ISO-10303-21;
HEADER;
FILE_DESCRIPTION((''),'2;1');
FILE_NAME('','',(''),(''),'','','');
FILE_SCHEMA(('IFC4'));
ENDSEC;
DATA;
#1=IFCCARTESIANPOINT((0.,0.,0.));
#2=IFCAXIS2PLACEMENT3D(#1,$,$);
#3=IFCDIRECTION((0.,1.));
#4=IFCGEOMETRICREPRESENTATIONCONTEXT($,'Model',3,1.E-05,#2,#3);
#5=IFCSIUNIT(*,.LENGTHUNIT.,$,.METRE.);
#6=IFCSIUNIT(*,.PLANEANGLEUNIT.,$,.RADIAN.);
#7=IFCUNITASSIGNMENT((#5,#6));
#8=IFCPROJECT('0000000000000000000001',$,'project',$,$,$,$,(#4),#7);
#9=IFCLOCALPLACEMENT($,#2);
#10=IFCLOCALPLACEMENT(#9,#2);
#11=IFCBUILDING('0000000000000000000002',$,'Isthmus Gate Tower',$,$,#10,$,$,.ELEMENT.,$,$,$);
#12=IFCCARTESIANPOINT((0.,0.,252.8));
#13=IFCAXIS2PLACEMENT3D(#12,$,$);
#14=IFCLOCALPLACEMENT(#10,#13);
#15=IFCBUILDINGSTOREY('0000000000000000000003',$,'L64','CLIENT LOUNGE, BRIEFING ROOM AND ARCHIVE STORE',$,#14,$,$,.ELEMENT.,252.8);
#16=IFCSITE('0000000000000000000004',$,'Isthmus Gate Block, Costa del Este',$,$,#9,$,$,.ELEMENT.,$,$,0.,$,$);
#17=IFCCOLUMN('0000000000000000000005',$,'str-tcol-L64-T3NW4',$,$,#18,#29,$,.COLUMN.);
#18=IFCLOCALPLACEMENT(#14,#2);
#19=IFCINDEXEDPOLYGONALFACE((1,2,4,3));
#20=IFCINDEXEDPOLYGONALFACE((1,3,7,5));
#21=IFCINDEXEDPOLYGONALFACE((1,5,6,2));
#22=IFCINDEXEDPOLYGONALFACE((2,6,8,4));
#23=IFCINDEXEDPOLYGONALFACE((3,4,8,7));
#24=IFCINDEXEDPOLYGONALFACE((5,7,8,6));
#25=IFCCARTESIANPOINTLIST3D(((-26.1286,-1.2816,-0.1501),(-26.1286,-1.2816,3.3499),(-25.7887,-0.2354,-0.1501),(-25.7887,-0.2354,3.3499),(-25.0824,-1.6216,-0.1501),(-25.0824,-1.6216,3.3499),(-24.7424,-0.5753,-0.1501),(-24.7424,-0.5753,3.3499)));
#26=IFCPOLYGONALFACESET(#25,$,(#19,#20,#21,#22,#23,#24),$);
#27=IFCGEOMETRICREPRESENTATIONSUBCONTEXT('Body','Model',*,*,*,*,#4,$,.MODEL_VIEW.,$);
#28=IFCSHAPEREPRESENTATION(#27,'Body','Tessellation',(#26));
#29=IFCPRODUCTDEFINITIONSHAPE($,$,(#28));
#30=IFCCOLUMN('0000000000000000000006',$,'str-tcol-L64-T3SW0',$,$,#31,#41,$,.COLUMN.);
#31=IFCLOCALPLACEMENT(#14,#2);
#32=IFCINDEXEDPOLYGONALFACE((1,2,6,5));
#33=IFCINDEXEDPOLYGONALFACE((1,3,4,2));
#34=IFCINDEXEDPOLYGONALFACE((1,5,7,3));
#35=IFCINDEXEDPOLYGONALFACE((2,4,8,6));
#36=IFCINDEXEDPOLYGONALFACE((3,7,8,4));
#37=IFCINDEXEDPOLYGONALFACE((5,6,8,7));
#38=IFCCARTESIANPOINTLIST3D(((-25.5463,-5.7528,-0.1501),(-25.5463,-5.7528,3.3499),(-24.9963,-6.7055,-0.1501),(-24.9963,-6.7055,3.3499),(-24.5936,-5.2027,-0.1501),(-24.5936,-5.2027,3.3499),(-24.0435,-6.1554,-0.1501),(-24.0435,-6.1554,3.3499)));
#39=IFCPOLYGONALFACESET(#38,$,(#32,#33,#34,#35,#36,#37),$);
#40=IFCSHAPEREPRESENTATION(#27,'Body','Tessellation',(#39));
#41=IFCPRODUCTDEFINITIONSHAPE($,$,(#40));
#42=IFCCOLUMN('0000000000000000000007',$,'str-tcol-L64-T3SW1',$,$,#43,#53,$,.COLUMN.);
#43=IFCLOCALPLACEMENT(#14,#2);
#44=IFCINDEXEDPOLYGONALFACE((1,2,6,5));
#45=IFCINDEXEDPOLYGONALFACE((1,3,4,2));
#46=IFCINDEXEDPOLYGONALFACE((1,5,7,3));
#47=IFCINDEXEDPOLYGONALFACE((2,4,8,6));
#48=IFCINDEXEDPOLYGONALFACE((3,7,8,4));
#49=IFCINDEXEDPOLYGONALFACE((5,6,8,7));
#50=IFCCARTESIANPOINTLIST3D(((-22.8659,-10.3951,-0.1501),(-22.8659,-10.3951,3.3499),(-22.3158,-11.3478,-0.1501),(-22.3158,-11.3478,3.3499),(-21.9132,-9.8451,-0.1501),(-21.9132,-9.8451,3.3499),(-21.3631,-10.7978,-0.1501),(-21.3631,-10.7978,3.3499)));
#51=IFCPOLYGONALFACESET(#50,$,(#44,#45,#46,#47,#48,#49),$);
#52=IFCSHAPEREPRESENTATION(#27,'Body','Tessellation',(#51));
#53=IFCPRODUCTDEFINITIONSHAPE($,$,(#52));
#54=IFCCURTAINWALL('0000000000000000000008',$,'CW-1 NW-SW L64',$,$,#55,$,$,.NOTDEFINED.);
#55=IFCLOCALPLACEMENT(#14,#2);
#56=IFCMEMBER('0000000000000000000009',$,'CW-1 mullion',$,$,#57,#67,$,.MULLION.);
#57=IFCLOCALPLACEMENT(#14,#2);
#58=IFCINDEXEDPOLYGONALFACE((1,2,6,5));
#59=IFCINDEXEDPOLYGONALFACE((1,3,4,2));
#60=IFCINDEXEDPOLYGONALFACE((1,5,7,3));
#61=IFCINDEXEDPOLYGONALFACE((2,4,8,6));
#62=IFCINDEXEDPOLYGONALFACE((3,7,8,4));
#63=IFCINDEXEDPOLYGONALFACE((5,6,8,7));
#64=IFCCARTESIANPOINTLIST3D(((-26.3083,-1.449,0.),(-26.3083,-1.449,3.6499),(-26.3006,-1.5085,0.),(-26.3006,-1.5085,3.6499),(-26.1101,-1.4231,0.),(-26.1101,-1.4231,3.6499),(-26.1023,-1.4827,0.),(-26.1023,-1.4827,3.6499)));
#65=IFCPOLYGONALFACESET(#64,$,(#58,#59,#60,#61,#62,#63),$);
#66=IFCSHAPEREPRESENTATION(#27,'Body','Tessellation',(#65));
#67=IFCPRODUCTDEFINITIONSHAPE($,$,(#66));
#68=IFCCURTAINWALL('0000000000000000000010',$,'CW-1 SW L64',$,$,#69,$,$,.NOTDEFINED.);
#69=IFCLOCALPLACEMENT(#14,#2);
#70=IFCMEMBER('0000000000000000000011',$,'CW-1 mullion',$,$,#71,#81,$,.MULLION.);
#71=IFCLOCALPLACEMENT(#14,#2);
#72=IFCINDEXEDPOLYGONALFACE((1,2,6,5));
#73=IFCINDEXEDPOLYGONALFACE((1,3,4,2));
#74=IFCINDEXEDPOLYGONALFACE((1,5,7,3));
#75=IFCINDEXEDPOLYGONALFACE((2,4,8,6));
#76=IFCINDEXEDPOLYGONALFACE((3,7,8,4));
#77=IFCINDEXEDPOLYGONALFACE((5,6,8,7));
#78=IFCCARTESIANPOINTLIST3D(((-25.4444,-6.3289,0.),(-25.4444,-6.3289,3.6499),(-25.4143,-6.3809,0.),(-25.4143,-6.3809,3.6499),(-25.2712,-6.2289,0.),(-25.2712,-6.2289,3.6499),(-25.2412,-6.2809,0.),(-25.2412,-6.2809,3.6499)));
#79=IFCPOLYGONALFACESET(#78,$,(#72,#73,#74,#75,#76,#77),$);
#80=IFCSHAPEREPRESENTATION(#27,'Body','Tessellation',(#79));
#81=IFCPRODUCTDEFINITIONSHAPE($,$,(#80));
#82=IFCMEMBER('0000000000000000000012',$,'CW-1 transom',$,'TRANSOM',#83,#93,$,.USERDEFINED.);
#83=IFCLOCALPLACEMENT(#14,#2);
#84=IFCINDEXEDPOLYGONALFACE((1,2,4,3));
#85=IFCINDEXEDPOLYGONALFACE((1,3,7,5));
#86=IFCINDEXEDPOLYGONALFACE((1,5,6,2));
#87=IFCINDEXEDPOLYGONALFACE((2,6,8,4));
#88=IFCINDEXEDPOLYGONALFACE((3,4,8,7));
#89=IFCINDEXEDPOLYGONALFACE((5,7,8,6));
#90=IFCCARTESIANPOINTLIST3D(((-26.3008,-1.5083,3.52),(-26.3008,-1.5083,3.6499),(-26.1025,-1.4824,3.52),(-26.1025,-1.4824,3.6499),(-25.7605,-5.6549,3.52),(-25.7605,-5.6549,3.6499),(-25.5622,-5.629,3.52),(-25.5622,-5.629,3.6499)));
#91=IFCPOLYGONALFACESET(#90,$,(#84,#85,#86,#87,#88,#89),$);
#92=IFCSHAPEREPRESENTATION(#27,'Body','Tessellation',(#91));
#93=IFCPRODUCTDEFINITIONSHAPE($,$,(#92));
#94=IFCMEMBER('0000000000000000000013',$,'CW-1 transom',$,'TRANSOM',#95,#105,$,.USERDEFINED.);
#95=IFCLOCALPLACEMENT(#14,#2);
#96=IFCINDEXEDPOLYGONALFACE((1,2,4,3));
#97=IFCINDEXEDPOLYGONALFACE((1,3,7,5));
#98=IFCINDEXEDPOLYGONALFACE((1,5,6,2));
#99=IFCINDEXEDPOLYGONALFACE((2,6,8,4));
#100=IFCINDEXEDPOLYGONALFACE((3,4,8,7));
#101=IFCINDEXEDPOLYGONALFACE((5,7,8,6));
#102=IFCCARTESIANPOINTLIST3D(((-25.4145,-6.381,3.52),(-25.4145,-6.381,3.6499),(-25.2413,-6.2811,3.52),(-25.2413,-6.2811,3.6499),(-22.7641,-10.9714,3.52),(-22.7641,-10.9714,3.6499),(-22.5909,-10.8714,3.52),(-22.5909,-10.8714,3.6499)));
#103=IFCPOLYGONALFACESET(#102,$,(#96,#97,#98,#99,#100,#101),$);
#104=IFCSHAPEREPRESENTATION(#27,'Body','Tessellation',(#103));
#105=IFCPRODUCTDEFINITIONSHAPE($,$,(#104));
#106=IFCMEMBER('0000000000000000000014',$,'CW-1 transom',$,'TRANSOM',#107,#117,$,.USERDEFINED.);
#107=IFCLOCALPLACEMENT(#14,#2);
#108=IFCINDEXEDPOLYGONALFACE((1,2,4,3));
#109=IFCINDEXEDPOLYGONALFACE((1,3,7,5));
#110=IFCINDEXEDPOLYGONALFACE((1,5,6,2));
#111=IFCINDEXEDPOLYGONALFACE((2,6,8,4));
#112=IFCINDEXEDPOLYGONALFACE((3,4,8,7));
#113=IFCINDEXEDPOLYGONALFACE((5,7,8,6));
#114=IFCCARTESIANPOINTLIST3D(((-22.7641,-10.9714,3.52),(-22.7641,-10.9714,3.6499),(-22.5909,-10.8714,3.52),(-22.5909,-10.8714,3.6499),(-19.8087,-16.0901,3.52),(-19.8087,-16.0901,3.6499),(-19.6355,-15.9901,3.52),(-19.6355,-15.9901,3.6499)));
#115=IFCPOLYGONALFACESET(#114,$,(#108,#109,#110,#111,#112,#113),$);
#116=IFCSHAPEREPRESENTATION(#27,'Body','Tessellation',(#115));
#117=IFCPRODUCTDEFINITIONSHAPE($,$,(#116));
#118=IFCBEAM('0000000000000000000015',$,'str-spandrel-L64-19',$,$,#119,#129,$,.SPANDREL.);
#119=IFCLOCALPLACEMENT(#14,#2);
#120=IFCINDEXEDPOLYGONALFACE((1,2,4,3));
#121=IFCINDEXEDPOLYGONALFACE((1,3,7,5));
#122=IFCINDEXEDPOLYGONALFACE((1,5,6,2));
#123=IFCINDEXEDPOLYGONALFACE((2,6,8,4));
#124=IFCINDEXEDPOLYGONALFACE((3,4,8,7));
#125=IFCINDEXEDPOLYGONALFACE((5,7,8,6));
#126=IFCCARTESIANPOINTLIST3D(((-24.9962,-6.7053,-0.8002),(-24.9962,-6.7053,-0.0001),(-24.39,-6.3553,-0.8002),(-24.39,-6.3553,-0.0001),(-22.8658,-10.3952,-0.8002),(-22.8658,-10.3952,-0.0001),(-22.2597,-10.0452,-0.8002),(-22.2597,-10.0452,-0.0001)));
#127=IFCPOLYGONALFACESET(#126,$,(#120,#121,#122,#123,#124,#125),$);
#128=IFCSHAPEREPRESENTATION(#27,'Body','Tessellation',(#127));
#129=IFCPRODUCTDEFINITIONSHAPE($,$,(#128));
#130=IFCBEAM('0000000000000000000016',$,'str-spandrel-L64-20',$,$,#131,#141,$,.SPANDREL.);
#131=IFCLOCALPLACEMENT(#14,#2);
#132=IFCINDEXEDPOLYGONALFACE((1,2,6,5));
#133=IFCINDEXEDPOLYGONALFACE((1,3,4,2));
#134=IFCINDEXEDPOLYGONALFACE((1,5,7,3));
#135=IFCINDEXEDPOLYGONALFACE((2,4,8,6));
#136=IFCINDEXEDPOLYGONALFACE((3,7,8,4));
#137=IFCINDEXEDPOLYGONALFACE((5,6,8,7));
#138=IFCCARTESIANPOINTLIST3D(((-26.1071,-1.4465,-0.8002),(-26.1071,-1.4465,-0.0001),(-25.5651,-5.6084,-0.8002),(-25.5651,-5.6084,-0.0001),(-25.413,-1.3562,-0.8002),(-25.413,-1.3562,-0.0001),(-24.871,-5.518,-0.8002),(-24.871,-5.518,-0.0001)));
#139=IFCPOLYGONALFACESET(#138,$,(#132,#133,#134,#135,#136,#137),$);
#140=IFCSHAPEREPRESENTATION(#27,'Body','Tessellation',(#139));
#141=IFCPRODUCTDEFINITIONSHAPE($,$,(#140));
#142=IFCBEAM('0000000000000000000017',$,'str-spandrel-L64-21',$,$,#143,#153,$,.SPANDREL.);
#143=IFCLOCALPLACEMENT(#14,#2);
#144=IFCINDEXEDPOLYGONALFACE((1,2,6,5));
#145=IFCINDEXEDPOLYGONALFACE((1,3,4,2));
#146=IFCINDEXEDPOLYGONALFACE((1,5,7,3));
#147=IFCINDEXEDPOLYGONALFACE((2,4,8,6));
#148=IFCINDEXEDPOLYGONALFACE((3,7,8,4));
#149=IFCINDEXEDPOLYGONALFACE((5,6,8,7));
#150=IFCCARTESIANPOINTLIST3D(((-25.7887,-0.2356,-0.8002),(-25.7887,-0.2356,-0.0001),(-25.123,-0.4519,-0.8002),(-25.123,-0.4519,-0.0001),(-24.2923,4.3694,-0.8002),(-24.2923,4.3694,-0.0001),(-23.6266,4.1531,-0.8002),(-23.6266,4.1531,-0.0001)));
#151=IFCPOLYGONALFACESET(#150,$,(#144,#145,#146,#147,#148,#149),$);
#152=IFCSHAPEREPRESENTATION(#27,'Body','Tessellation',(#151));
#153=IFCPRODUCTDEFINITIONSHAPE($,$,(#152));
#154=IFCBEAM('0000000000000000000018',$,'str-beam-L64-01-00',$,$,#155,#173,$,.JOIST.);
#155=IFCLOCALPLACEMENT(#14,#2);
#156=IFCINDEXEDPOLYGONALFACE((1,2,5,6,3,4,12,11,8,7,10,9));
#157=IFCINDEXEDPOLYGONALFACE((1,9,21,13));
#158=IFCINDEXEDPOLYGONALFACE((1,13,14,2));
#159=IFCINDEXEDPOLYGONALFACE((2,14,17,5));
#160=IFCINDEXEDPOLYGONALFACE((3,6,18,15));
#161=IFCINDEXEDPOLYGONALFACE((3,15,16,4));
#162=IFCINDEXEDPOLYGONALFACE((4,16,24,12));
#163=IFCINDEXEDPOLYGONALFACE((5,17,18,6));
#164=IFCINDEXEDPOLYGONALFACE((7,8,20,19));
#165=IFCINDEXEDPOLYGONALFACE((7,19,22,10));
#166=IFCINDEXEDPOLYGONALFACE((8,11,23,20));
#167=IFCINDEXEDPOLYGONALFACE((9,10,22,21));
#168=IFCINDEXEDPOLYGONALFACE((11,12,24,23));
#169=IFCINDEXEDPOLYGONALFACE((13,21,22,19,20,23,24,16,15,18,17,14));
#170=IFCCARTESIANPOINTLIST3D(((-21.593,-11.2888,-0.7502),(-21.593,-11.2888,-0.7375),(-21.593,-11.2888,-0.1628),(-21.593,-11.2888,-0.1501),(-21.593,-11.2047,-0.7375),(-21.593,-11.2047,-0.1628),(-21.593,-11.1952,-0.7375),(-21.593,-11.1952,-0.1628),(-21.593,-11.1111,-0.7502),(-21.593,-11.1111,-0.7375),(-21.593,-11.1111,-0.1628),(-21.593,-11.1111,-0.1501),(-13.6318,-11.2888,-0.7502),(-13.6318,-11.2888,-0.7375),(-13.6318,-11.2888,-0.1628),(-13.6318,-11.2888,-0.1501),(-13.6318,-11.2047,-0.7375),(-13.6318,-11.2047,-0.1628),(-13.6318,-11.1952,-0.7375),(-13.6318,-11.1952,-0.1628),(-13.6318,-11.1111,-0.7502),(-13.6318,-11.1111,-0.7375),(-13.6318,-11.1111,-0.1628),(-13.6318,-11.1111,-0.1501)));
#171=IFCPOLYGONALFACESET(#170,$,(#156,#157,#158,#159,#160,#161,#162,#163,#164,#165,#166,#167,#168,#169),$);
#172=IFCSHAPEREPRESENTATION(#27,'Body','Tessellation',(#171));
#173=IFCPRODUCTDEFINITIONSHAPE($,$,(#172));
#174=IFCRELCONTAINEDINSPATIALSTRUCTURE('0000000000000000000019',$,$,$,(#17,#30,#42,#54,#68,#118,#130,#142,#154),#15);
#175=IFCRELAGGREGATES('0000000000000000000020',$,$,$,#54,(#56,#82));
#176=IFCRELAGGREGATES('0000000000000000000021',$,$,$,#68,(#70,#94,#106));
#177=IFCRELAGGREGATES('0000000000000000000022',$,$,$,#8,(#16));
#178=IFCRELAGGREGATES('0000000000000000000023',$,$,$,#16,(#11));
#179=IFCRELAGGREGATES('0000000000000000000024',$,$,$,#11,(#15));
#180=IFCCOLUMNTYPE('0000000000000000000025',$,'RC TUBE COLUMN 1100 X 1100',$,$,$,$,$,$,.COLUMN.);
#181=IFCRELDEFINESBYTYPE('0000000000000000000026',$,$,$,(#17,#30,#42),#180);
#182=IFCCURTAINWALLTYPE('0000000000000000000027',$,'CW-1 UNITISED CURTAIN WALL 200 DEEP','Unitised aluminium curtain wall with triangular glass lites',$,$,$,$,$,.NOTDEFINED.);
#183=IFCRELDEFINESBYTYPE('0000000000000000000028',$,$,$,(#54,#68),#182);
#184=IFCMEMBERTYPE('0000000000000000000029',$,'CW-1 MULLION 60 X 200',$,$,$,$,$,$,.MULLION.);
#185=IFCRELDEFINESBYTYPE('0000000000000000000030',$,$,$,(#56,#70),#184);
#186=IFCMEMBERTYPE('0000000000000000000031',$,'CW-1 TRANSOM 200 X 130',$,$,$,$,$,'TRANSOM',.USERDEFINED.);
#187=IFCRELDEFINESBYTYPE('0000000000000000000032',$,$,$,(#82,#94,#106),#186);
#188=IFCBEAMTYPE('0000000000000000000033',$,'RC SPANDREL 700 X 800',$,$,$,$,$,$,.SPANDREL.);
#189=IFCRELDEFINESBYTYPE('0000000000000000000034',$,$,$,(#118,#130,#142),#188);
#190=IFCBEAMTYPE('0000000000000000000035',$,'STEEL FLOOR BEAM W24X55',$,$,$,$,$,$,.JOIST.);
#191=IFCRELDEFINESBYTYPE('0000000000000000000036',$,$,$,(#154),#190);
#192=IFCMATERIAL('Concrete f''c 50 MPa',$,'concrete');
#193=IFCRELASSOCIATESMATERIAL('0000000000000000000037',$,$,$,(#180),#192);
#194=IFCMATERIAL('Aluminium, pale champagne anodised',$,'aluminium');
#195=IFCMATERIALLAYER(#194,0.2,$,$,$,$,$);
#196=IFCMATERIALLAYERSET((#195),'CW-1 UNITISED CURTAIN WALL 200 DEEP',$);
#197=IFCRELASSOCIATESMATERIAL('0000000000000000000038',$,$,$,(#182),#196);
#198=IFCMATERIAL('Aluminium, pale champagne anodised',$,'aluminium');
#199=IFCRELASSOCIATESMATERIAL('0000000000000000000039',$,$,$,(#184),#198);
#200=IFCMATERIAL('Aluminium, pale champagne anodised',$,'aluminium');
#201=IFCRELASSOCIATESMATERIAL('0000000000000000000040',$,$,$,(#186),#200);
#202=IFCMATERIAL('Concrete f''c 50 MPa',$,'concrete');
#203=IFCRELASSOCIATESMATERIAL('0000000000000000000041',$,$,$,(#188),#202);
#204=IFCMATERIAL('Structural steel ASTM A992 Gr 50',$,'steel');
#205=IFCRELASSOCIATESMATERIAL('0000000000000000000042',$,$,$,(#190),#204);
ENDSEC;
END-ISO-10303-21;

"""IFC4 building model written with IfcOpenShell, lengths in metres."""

from ifc_helpers import new_model, si_unit, direction, frame, origin, origin_2d, place, context, subcontext, project, spatial, rectangle, i_section, extrude, material, layer, layer_set, material_profile, profile_set, type_object, element, aggregate, save


model = new_model("IFC4")

# Units and contexts
model_context = context("Model", 3, precision=1e-05, world=origin(), true_north=direction((0.0, 1.0)))
body_context = subcontext(model_context, "Body", "Model", "MODEL_VIEW")
ifc_project = project(units=[si_unit("LENGTHUNIT", "METRE"), si_unit("PLANEANGLEUNIT", "RADIAN")], contexts=[model_context])

# Site, building, storey
site_placement = place(None, origin())
site = spatial("IfcSite", under=ifc_project, at=site_placement, Name="Isthmus Gate Block, Costa del Este", CompositionType="ELEMENT", RefElevation=0.0)
building_placement = place(site_placement, origin())
building = spatial("IfcBuilding", under=site, at=building_placement, Name="Isthmus Gate Tower", CompositionType="ELEMENT")
storey_placement = place(building_placement, frame((0.0, 0.0, 252.8)))
storey = spatial("IfcBuildingStorey", under=building, at=storey_placement, Name="L64", Description="CLIENT LOUNGE, BRIEFING ROOM AND ARCHIVE STORE", CompositionType="ELEMENT", Elevation=252.8)

# Columns
ifc_material_1 = material(Name="Concrete f'c 50 MPa", Category="concrete")
ifc_material_profile_1 = material_profile(ifc_material_1, rectangle(XDim=1.1001, YDim=1.1001, at=origin_2d()), Name="RC 1100X1100")
ifc_profile_set_1 = profile_set([ifc_material_profile_1], Name="Concrete f'c 50 MPa")
column_type = type_object("IfcColumnType", Name="RC TUBE COLUMN 1100 X 1100", PredefinedType="COLUMN", material=ifc_profile_set_1)
for number, where, z_axis, x_axis, name in (
    (1, (-25.4355, -0.9285, -0.1501), (0.0, 0.0, 1.0), (-0.309017, -0.951057, 0.0), "str-tcol-L64-T3NW4"),
    (2, (-24.7949, -5.9541, -0.1501), (0.0, 0.0, 1.0), (0.5, -0.866025, 0.0), "str-tcol-L64-T3SW0"),
    (3, (-22.1145, -10.5964, -0.1501), (0.0, 0.0, 1.0), (0.5, -0.866025, 0.0), "str-tcol-L64-T3SW1"),
):
    element("IfcColumn", number, at=place(storey_placement, frame(where, z_axis=z_axis, x_axis=x_axis)), inside=storey, type_object=column_type, Name=name, PredefinedType="COLUMN", context=body_context, shape_type="SweptSolid", body=[
        extrude(rectangle(XDim=1.1001, YDim=1.1001, at=origin_2d()), origin(), (0.0, 0.0, 1.0), 3.5),
    ])

# Curtain walls, members
ifc_material_2 = material(Name="Aluminium, pale champagne anodised", Category="aluminium")
ifc_layer_1 = layer(ifc_material_2, 0.2)
ifc_layer_set_1 = layer_set([ifc_layer_1], Name="CW-1 UNITISED CURTAIN WALL 200 DEEP")
curtain_wall_type = type_object("IfcCurtainWallType", Name="CW-1 UNITISED CURTAIN WALL 200 DEEP", Description="Unitised aluminium curtain wall with triangular glass lites", PredefinedType="NOTDEFINED", material=ifc_layer_set_1)
curtain_wall_1_placement = place(storey_placement, origin())
curtain_wall_1 = element("IfcCurtainWall", 4, at=curtain_wall_1_placement, inside=storey, type_object=curtain_wall_type, Name="CW-1 NW-SW L64", PredefinedType="NOTDEFINED")
ifc_material_3 = material(Name="Aluminium, pale champagne anodised", Category="aluminium")
ifc_material_profile_2 = material_profile(ifc_material_3, rectangle(XDim=0.0601, YDim=0.2, at=origin_2d()), Name="60x200")
ifc_profile_set_2 = profile_set([ifc_material_profile_2], Name="Aluminium, pale champagne anodised")
member_type_1 = type_object("IfcMemberType", Name="CW-1 MULLION 60 X 200", PredefinedType="MULLION", material=ifc_profile_set_2)
member_1_placement = place(storey_placement, frame((-26.2053, -1.4658, 0.0), z_axis=(0.0, 0.0, 1.0), x_axis=(0.129165, -0.991623, 0.0)))
member_1 = element("IfcMember", 5, at=member_1_placement, type_object=member_type_1, Name="CW-1 mullion", PredefinedType="MULLION", context=body_context, shape_type="SweptSolid", body=[
    extrude(rectangle(XDim=0.0601, YDim=0.2, at=origin_2d()), origin(), (0.0, 0.0, 1.0), 3.6499),
])
curtain_wall_2_placement = place(storey_placement, origin())
curtain_wall_2 = element("IfcCurtainWall", 6, at=curtain_wall_2_placement, inside=storey, type_object=curtain_wall_type, Name="CW-1 SW L64", PredefinedType="NOTDEFINED")
member_2_placement = place(storey_placement, frame((-25.3428, -6.3049, 0.0), z_axis=(0.0, 0.0, 1.0), x_axis=(0.5, -0.866025, 0.0)))
member_2 = element("IfcMember", 7, at=member_2_placement, type_object=member_type_1, Name="CW-1 mullion", PredefinedType="MULLION", context=body_context, shape_type="SweptSolid", body=[
    extrude(rectangle(XDim=0.0601, YDim=0.2, at=origin_2d()), origin(), (0.0, 0.0, 1.0), 3.6499),
])

# Members
ifc_material_4 = material(Name="Aluminium, pale champagne anodised", Category="aluminium")
ifc_material_profile_3 = material_profile(ifc_material_4, rectangle(XDim=0.2, YDim=0.1299, at=origin_2d()), Name="200x130")
ifc_profile_set_3 = profile_set([ifc_material_profile_3], Name="Aluminium, pale champagne anodised")
member_type_2 = type_object("IfcMemberType", Name="CW-1 TRANSOM 200 X 130", ElementType="TRANSOM", PredefinedType="USERDEFINED", material=ifc_profile_set_3)
member_3_placement = place(storey_placement, frame((-26.2017, -1.4954, 3.585), z_axis=(0.129207, -0.991618, 0.0), x_axis=(0.991618, 0.129207, 0.0)))
member_3 = element("IfcMember", 8, at=member_3_placement, type_object=member_type_2, Name="CW-1 transom", ObjectType="TRANSOM", PredefinedType="USERDEFINED", context=body_context, shape_type="SweptSolid", body=[
    extrude(rectangle(XDim=0.2, YDim=0.1299, at=origin_2d()), origin(), (0.0, 0.0, 1.0), 4.1816),
])
member_4_placement = place(storey_placement, frame((-25.3279, -6.3311, 3.585), z_axis=(0.500023, -0.866012, 0.0), x_axis=(0.866012, 0.500023, 0.0)))
member_4 = element("IfcMember", 9, at=member_4_placement, type_object=member_type_2, Name="CW-1 transom", ObjectType="TRANSOM", PredefinedType="USERDEFINED", context=body_context, shape_type="SweptSolid", body=[
    extrude(rectangle(XDim=0.2, YDim=0.1299, at=origin_2d()), origin(), (0.0, 0.0, 1.0), 5.3005),
])
member_5_placement = place(storey_placement, frame((-22.6775, -10.9214, 3.585), z_axis=(0.500008, -0.86602, 0.0), x_axis=(0.86602, 0.500008, 0.0)))
member_5 = element("IfcMember", 10, at=member_5_placement, type_object=member_type_2, Name="CW-1 transom", ObjectType="TRANSOM", PredefinedType="USERDEFINED", context=body_context, shape_type="SweptSolid", body=[
    extrude(rectangle(XDim=0.2, YDim=0.1299, at=origin_2d()), origin(), (0.0, 0.0, 1.0), 5.9106),
])

# Beams
ifc_material_5 = material(Name="Concrete f'c 50 MPa", Category="concrete")
ifc_material_profile_4 = material_profile(ifc_material_5, rectangle(XDim=0.7, YDim=0.8, at=origin_2d()), Name="RC 700X800")
ifc_profile_set_4 = profile_set([ifc_material_profile_4], Name="Concrete f'c 50 MPa")
beam_type_1 = type_object("IfcBeamType", Name="RC SPANDREL 700 X 800", PredefinedType="SPANDREL", material=ifc_profile_set_4)
beam_1_placement = place(storey_placement, frame((-22.5627, -10.2202, -0.4001), z_axis=(-0.499997, 0.866027, 0.0), x_axis=(-0.866027, -0.499997, 0.0)))
element("IfcBeam", 11, at=beam_1_placement, inside=storey, type_object=beam_type_1, Name="str-spandrel-L64-19", PredefinedType="SPANDREL", context=body_context, shape_type="SweptSolid", body=[
    extrude(rectangle(XDim=0.7, YDim=0.8, at=origin_2d()), origin(), (0.0, 0.0, 1.0), 4.2607),
])
beam_2_placement = place(storey_placement, frame((-25.218, -5.5632, -0.4001), z_axis=(-0.129138, 0.991627, 0.0), x_axis=(-0.991627, -0.129138, 0.0)))
element("IfcBeam", 12, at=beam_2_placement, inside=storey, type_object=beam_type_1, Name="str-spandrel-L64-20", PredefinedType="SPANDREL", context=body_context, shape_type="SweptSolid", body=[
    extrude(rectangle(XDim=0.7, YDim=0.8, at=origin_2d()), origin(), (0.0, 0.0, 1.0), 4.197),
])
beam_3_placement = place(storey_placement, frame((-25.4558, -0.3438, -0.4001), z_axis=(0.309034, 0.951051, 0.0), x_axis=(-0.951051, 0.309034, 0.0)))
element("IfcBeam", 13, at=beam_3_placement, inside=storey, type_object=beam_type_1, Name="str-spandrel-L64-21", PredefinedType="SPANDREL", context=body_context, shape_type="SweptSolid", body=[
    extrude(rectangle(XDim=0.7, YDim=0.8, at=origin_2d()), origin(), (0.0, 0.0, 1.0), 4.842),
])
ifc_material_6 = material(Name="Structural steel ASTM A992 Gr 50", Category="steel")
ifc_material_profile_5 = material_profile(ifc_material_6, i_section(OverallWidth=0.1777, OverallDepth=0.6001, WebThickness=0.0095, FlangeThickness=0.0127, at=origin_2d()), Name="W24X55")
ifc_profile_set_5 = profile_set([ifc_material_profile_5], Name="Structural steel ASTM A992 Gr 50")
beam_type_2 = type_object("IfcBeamType", Name="STEEL FLOOR BEAM W24X55", PredefinedType="JOIST", material=ifc_profile_set_5)
beam_4_placement = place(storey_placement, frame((-21.593, -11.2, -0.4502), z_axis=(1.0, 0.0, 0.0), x_axis=(0.0, 1.0, 0.0)))
element("IfcBeam", 14, at=beam_4_placement, inside=storey, type_object=beam_type_2, Name="str-beam-L64-01-00", PredefinedType="JOIST", context=body_context, shape_type="SweptSolid", body=[
    extrude(i_section(OverallWidth=0.1777, OverallDepth=0.6001, WebThickness=0.0095, FlangeThickness=0.0127, at=origin_2d()), origin(), (0.0, 0.0, 1.0), 7.9612),
])

aggregate(curtain_wall_1, [member_1, member_3])
aggregate(curtain_wall_2, [member_2, member_4, member_5])

save(model, "model.ifc")
